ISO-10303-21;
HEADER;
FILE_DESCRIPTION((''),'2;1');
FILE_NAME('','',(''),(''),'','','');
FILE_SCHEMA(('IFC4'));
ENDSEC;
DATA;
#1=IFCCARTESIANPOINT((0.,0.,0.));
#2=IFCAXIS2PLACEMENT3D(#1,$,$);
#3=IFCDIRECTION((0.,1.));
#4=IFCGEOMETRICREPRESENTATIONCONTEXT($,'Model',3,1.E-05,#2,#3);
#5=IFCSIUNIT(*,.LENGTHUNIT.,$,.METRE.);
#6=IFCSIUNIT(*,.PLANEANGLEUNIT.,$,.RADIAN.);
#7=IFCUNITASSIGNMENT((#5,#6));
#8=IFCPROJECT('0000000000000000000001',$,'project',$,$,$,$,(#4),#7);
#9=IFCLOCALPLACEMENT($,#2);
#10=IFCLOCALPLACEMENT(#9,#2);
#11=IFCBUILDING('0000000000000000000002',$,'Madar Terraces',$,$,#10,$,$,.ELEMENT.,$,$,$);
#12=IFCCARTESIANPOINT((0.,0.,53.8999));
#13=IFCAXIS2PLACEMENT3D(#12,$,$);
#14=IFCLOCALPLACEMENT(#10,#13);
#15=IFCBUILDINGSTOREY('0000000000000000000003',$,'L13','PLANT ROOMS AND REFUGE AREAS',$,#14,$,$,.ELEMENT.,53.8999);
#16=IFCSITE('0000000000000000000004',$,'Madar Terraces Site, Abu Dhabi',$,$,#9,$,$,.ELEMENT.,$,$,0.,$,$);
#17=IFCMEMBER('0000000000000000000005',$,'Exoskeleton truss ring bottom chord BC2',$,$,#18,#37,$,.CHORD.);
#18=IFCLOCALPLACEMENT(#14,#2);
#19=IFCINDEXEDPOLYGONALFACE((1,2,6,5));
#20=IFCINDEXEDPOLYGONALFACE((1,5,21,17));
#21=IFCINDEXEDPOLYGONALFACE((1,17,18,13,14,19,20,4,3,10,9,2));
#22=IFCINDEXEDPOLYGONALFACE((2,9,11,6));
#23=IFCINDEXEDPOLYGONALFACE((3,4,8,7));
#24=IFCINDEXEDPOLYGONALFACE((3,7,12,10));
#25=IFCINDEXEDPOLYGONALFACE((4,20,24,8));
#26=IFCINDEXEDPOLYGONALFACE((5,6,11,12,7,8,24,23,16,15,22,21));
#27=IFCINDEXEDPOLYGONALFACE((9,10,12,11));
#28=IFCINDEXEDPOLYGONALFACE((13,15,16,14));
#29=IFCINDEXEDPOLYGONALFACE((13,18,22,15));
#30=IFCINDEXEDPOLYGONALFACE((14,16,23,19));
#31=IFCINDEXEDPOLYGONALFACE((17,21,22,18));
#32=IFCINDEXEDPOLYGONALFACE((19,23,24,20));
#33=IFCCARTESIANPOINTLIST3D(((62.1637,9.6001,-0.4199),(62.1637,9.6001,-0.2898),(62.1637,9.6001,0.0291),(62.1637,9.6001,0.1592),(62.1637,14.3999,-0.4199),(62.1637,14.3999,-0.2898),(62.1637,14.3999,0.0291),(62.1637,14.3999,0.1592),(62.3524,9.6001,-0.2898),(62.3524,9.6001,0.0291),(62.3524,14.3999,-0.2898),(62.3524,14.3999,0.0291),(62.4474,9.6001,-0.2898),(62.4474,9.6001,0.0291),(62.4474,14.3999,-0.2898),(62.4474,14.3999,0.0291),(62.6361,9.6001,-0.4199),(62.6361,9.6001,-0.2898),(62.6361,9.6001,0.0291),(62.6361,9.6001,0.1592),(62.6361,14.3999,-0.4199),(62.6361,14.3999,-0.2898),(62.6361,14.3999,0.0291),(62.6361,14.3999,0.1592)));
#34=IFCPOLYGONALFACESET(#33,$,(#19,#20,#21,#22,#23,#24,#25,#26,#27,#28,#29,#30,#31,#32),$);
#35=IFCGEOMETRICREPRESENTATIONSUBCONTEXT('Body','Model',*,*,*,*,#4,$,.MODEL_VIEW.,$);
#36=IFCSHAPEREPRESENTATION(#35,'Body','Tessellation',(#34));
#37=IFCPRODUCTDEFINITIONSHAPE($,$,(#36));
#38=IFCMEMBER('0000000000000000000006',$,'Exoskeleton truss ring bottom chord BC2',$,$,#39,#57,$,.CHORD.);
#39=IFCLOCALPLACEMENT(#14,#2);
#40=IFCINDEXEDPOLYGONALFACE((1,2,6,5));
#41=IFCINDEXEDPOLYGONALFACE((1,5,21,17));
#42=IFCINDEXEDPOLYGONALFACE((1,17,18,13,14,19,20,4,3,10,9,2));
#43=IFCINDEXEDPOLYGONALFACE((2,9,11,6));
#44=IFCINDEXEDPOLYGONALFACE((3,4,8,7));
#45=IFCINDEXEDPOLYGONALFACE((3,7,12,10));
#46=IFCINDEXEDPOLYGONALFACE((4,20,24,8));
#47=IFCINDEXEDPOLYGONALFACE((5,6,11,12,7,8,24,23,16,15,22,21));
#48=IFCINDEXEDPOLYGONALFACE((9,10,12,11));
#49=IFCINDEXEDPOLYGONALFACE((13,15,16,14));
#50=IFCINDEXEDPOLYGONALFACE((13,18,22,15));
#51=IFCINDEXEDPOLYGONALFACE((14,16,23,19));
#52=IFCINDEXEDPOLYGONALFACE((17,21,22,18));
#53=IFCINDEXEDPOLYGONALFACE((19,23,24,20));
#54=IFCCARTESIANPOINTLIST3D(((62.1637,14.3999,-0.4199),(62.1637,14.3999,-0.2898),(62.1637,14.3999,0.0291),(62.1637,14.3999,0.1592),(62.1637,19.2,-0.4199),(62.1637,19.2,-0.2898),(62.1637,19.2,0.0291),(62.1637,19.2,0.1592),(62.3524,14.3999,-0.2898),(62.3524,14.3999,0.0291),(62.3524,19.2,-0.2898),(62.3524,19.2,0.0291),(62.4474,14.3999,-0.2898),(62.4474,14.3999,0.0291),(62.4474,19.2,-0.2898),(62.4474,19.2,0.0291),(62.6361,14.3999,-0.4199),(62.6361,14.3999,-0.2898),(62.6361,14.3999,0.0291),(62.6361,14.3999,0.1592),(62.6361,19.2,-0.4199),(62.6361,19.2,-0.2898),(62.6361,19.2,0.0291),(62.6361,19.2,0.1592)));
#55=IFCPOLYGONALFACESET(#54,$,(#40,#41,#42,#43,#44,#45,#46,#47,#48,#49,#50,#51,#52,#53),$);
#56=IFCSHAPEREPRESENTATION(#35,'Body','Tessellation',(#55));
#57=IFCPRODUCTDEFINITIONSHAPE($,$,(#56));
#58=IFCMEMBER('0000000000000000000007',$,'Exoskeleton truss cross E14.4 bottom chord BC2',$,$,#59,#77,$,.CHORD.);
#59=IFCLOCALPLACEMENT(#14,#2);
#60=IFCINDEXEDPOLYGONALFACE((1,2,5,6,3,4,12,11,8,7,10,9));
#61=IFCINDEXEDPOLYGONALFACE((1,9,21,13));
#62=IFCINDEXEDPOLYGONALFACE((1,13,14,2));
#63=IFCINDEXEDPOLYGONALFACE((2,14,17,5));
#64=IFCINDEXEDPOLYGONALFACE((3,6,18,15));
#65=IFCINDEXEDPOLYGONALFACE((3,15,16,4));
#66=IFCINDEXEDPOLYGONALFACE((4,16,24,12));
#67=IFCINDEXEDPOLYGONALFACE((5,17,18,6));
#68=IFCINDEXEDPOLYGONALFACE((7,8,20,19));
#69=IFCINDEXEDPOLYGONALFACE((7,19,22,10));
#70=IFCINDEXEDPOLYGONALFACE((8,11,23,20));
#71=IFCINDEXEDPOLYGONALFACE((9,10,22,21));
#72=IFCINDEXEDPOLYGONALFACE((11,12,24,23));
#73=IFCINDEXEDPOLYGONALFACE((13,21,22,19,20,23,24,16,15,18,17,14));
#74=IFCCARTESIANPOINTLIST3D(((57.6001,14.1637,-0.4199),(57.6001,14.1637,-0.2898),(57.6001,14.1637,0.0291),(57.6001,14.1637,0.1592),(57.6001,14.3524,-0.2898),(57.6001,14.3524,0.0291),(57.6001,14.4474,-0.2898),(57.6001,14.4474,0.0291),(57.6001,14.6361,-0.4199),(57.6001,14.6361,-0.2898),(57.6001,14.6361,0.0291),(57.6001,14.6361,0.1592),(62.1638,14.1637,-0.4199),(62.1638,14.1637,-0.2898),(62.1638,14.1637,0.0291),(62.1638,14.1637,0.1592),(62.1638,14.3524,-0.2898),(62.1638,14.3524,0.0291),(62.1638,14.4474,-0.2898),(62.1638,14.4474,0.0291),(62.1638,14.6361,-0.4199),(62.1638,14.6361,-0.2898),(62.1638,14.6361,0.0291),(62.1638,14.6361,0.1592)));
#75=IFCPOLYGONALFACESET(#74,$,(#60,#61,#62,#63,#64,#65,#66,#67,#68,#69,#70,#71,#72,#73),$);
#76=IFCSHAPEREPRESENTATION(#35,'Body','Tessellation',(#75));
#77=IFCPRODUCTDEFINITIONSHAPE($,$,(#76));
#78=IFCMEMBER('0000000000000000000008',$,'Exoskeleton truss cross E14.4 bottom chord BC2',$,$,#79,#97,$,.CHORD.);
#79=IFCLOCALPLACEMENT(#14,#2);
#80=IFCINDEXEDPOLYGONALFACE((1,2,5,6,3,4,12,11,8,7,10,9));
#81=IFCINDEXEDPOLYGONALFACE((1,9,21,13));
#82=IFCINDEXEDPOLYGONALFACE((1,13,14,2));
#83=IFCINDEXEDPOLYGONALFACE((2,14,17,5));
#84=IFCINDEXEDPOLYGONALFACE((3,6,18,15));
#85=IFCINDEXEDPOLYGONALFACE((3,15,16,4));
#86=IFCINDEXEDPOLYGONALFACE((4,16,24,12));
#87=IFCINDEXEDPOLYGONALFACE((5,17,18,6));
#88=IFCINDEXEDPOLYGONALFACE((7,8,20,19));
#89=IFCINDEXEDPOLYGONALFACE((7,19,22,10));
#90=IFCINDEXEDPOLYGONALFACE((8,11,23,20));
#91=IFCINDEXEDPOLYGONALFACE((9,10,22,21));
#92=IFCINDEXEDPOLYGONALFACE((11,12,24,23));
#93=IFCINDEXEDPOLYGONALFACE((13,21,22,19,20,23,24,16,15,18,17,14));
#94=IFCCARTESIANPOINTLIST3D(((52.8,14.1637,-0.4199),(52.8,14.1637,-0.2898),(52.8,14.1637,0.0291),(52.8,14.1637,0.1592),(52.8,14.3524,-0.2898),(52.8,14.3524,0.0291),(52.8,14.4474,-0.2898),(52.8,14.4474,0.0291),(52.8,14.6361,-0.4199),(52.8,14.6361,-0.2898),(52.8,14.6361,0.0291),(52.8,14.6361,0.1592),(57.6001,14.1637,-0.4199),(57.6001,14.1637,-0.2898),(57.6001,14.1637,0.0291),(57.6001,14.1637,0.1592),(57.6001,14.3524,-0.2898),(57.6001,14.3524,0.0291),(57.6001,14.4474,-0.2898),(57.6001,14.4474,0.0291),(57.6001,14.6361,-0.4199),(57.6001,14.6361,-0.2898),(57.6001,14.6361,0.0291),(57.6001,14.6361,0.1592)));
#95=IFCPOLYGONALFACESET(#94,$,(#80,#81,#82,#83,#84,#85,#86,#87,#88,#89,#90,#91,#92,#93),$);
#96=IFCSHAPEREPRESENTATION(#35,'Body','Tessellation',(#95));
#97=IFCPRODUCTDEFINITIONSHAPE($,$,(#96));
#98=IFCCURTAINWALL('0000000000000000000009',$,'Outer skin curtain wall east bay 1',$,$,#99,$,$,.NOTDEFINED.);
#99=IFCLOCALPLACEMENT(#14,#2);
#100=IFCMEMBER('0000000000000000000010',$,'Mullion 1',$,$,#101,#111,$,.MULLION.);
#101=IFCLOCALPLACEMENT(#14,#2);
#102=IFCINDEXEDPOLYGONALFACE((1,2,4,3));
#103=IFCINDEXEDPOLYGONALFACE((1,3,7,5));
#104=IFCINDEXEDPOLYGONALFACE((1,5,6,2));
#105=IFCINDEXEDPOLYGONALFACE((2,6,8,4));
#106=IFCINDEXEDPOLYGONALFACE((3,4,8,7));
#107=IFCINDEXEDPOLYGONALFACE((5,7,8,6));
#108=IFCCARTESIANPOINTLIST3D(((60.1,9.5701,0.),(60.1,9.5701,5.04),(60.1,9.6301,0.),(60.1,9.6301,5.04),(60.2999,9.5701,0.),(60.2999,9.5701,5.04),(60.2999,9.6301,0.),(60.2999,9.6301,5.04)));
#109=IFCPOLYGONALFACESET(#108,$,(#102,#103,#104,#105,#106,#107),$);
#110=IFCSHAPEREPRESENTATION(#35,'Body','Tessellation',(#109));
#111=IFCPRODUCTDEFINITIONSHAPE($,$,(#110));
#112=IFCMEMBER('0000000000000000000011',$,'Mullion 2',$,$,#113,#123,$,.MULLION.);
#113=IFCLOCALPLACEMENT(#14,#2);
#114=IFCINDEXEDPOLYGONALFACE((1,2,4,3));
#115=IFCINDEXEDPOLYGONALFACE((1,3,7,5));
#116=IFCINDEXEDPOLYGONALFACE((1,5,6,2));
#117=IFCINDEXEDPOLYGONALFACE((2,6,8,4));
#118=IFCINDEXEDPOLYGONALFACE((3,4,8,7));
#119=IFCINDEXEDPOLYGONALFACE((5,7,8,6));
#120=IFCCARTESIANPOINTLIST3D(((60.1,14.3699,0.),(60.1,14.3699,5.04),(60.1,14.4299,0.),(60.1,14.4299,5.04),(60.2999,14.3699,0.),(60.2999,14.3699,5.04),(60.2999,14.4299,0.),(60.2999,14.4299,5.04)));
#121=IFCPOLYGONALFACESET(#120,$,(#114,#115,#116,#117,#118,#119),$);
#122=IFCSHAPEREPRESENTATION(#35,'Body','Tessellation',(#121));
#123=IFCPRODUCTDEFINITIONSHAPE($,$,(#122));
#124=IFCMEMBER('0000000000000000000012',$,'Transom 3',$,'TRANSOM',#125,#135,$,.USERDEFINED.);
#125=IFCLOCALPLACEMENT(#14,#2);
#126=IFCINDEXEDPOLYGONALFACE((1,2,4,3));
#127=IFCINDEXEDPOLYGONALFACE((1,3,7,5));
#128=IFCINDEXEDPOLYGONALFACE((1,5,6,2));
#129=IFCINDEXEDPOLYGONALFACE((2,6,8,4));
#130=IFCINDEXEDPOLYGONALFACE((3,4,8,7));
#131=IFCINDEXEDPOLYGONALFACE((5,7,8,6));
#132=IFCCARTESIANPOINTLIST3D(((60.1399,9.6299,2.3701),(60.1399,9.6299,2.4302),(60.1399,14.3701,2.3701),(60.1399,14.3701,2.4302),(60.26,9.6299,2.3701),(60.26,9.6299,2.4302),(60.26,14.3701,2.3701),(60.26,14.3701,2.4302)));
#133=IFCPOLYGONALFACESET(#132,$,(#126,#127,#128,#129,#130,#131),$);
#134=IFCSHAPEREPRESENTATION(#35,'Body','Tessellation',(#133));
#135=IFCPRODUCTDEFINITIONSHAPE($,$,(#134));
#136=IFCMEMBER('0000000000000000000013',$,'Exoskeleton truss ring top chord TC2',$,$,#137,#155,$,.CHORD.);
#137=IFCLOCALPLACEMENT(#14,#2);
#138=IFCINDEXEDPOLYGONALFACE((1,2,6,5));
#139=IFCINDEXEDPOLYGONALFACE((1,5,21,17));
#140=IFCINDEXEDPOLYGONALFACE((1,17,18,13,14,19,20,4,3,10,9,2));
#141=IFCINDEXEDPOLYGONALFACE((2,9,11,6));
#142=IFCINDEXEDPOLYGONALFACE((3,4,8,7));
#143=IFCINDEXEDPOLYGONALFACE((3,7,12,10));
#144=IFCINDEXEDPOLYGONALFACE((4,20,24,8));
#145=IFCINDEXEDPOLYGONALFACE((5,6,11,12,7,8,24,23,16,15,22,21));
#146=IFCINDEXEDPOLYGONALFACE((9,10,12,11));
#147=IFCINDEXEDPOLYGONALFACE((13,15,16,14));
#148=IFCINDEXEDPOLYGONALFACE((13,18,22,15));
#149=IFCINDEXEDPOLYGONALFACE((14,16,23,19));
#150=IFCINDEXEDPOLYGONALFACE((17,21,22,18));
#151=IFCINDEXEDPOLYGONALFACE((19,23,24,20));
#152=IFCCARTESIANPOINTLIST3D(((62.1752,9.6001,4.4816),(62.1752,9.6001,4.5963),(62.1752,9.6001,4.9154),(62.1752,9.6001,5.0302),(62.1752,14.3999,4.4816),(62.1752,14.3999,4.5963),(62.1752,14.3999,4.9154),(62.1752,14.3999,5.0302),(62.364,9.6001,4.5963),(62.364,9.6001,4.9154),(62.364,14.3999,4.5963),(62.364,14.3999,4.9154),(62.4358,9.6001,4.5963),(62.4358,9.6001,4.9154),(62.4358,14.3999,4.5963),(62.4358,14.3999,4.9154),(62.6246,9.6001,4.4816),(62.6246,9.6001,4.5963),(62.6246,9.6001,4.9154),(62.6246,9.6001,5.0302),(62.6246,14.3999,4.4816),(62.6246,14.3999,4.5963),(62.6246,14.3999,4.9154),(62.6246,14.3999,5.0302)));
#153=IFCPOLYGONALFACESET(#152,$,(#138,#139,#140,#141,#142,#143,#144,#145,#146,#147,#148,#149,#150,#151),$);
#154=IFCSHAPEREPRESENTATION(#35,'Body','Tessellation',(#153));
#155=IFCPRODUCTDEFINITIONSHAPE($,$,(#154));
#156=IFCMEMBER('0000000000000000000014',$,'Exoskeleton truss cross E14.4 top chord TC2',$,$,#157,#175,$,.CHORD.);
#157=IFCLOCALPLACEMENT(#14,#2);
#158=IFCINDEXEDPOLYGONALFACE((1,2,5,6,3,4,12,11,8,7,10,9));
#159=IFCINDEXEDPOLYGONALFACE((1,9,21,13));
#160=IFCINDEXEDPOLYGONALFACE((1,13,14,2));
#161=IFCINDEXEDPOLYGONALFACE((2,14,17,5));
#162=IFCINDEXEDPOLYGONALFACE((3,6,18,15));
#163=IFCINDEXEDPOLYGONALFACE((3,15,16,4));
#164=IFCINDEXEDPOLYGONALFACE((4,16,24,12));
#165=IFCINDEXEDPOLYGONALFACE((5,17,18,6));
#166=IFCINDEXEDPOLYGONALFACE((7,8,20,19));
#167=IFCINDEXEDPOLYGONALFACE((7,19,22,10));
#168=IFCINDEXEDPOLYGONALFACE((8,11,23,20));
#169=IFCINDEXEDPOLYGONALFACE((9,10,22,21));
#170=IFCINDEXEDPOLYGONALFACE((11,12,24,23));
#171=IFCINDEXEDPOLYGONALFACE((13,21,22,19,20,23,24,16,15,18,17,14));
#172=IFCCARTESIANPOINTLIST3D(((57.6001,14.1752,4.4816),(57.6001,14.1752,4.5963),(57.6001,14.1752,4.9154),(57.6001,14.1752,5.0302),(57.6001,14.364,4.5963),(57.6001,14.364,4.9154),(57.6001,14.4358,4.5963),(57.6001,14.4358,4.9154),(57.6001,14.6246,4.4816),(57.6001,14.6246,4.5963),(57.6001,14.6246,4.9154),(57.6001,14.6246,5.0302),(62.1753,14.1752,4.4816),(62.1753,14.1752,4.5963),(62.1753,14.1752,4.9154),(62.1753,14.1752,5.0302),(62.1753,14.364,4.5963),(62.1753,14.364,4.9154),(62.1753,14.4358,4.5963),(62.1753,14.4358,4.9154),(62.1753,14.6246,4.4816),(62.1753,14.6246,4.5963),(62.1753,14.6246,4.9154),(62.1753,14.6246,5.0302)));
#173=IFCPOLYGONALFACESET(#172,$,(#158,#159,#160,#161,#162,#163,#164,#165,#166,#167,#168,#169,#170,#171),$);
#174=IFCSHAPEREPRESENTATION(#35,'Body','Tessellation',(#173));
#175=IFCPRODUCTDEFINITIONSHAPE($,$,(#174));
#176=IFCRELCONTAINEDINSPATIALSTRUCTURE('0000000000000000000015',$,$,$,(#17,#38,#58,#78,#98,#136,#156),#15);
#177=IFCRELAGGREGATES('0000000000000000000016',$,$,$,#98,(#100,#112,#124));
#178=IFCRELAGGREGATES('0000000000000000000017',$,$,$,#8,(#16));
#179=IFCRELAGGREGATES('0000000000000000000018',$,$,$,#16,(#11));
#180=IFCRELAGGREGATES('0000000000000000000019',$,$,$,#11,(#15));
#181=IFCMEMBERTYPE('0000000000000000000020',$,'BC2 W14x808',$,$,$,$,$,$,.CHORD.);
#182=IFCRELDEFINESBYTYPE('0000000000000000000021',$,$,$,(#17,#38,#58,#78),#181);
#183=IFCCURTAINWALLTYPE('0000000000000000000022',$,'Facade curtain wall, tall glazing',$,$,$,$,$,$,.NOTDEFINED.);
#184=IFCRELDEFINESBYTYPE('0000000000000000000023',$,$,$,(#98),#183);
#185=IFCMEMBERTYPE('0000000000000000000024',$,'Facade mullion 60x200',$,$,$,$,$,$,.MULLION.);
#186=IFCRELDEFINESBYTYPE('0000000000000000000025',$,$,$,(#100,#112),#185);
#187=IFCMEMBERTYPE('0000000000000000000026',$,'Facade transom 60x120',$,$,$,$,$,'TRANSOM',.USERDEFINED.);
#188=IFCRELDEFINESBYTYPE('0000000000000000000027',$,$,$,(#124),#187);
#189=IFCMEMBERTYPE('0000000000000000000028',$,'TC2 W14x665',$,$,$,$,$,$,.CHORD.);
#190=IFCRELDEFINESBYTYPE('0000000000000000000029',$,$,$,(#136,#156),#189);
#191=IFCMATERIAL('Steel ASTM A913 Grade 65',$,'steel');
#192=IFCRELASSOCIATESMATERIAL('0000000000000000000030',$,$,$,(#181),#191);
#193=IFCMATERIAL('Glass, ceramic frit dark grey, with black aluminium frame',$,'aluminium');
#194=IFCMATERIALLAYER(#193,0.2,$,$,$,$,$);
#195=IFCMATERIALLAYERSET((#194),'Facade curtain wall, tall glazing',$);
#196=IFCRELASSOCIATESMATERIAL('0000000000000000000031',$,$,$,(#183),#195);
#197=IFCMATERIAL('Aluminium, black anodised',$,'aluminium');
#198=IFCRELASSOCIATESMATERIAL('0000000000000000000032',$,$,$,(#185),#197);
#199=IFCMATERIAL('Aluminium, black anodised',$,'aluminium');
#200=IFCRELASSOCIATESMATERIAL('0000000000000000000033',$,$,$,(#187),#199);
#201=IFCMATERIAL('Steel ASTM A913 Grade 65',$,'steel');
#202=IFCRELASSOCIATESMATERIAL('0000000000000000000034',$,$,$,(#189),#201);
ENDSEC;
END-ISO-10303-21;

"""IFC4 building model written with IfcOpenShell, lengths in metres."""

from ifc_helpers import new_model, si_unit, direction, frame, origin, origin_2d, place, context, subcontext, project, spatial, rectangle, i_section, extrude, material, layer, layer_set, material_profile, profile_set, type_object, element, aggregate, save


model = new_model("IFC4")

# Units and contexts
model_context = context("Model", 3, precision=1e-05, world=origin(), true_north=direction((0.0, 1.0)))
body_context = subcontext(model_context, "Body", "Model", "MODEL_VIEW")
ifc_project = project(units=[si_unit("LENGTHUNIT", "METRE"), si_unit("PLANEANGLEUNIT", "RADIAN")], contexts=[model_context])

# Site, building, storey
site_placement = place(None, origin())
site = spatial("IfcSite", under=ifc_project, at=site_placement, Name="Madar Terraces Site, Abu Dhabi", CompositionType="ELEMENT", RefElevation=0.0)
building_placement = place(site_placement, origin())
building = spatial("IfcBuilding", under=site, at=building_placement, Name="Madar Terraces", CompositionType="ELEMENT")
storey_placement = place(building_placement, frame((0.0, 0.0, 53.8999)))
storey = spatial("IfcBuildingStorey", under=building, at=storey_placement, Name="L13", Description="PLANT ROOMS AND REFUGE AREAS", CompositionType="ELEMENT", Elevation=53.8999)

# Members
ifc_material_1 = material(Name="Steel ASTM A913 Grade 65", Category="steel")
ifc_material_profile_1 = material_profile(ifc_material_1, i_section(OverallWidth=0.4724, OverallDepth=0.5791, WebThickness=0.095, FlangeThickness=0.1301, at=origin_2d()), Name="W14x808")
ifc_profile_set_1 = profile_set([ifc_material_profile_1], Name="Steel ASTM A913 Grade 65")
member_type_1 = type_object("IfcMemberType", Name="BC2 W14x808", PredefinedType="CHORD", material=ifc_profile_set_1)
member_1_placement = place(storey_placement, frame((62.3999, 9.6001, -0.1304), z_axis=(0.0, 1.0, 0.0), x_axis=(-1.0, 0.0, 0.0)))
element("IfcMember", 1, at=member_1_placement, inside=storey, type_object=member_type_1, Name="Exoskeleton truss ring bottom chord BC2", PredefinedType="CHORD", context=body_context, shape_type="SweptSolid", body=[
    extrude(i_section(OverallWidth=0.4724, OverallDepth=0.5791, WebThickness=0.095, FlangeThickness=0.1301, at=origin_2d()), origin(), (0.0, 0.0, 1.0), 4.7998),
])
member_2_placement = place(storey_placement, frame((62.3999, 14.3999, -0.1304), z_axis=(0.0, 1.0, 0.0), x_axis=(-1.0, 0.0, 0.0)))
element("IfcMember", 2, at=member_2_placement, inside=storey, type_object=member_type_1, Name="Exoskeleton truss ring bottom chord BC2", PredefinedType="CHORD", context=body_context, shape_type="SweptSolid", body=[
    extrude(i_section(OverallWidth=0.4724, OverallDepth=0.5791, WebThickness=0.095, FlangeThickness=0.1301, at=origin_2d()), origin(), (0.0, 0.0, 1.0), 4.8),
])
member_3_placement = place(storey_placement, frame((62.1638, 14.3999, -0.1304), z_axis=(-1.0, 0.0, 0.0), x_axis=(0.0, -1.0, 0.0)))
element("IfcMember", 3, at=member_3_placement, inside=storey, type_object=member_type_1, Name="Exoskeleton truss cross E14.4 bottom chord BC2", PredefinedType="CHORD", context=body_context, shape_type="SweptSolid", body=[
    extrude(i_section(OverallWidth=0.4724, OverallDepth=0.5791, WebThickness=0.095, FlangeThickness=0.1301, at=origin_2d()), origin(), (0.0, 0.0, 1.0), 4.5637),
])
member_4_placement = place(storey_placement, frame((57.6001, 14.3999, -0.1304), z_axis=(-1.0, 0.0, 0.0), x_axis=(0.0, -1.0, 0.0)))
element("IfcMember", 4, at=member_4_placement, inside=storey, type_object=member_type_1, Name="Exoskeleton truss cross E14.4 bottom chord BC2", PredefinedType="CHORD", context=body_context, shape_type="SweptSolid", body=[
    extrude(i_section(OverallWidth=0.4724, OverallDepth=0.5791, WebThickness=0.095, FlangeThickness=0.1301, at=origin_2d()), origin(), (0.0, 0.0, 1.0), 4.8),
])

# Curtain wall, members
ifc_material_2 = material(Name="Glass, ceramic frit dark grey, with black aluminium frame", Category="aluminium")
ifc_layer_1 = layer(ifc_material_2, 0.2)
ifc_layer_set_1 = layer_set([ifc_layer_1], Name="Facade curtain wall, tall glazing")
curtain_wall_type = type_object("IfcCurtainWallType", Name="Facade curtain wall, tall glazing", PredefinedType="NOTDEFINED", material=ifc_layer_set_1)
curtain_wall_placement = place(storey_placement, origin())
curtain_wall = element("IfcCurtainWall", 5, at=curtain_wall_placement, inside=storey, type_object=curtain_wall_type, Name="Outer skin curtain wall east bay 1", PredefinedType="NOTDEFINED")
ifc_material_3 = material(Name="Aluminium, black anodised", Category="aluminium")
ifc_material_profile_2 = material_profile(ifc_material_3, rectangle(XDim=0.2, YDim=0.0601, at=origin_2d()), Name="Facade mullion 60x200")
ifc_profile_set_2 = profile_set([ifc_material_profile_2], Name="Aluminium, black anodised")
member_type_2 = type_object("IfcMemberType", Name="Facade mullion 60x200", PredefinedType="MULLION", material=ifc_profile_set_2)
member_5_placement = place(storey_placement, frame((60.2, 9.6001, 0.0), z_axis=(0.0, 0.0, 1.0), x_axis=(-1.0, 0.0, 0.0)))
member_5 = element("IfcMember", 6, at=member_5_placement, type_object=member_type_2, Name="Mullion 1", PredefinedType="MULLION", context=body_context, shape_type="SweptSolid", body=[
    extrude(rectangle(XDim=0.2, YDim=0.0601, at=origin_2d()), origin(), (0.0, 0.0, 1.0), 5.04),
])
member_6_placement = place(storey_placement, frame((60.2, 14.3999, 0.0), z_axis=(0.0, 0.0, 1.0), x_axis=(-1.0, 0.0, 0.0)))
member_6 = element("IfcMember", 7, at=member_6_placement, type_object=member_type_2, Name="Mullion 2", PredefinedType="MULLION", context=body_context, shape_type="SweptSolid", body=[
    extrude(rectangle(XDim=0.2, YDim=0.0601, at=origin_2d()), origin(), (0.0, 0.0, 1.0), 5.04),
])
ifc_material_4 = material(Name="Aluminium, black anodised", Category="aluminium")
ifc_material_profile_3 = material_profile(ifc_material_4, rectangle(XDim=0.1201, YDim=0.0601, at=origin_2d()), Name="Facade transom 60x120")
ifc_profile_set_3 = profile_set([ifc_material_profile_3], Name="Aluminium, black anodised")
member_type_3 = type_object("IfcMemberType", Name="Facade transom 60x120", ElementType="TRANSOM", PredefinedType="USERDEFINED", material=ifc_profile_set_3)
member_7_placement = place(storey_placement, frame((60.2, 9.6299, 2.4001), z_axis=(0.0, 1.0, 0.0), x_axis=(-1.0, 0.0, 0.0)))
member_7 = element("IfcMember", 8, at=member_7_placement, type_object=member_type_3, Name="Transom 3", ObjectType="TRANSOM", PredefinedType="USERDEFINED", context=body_context, shape_type="SweptSolid", body=[
    extrude(rectangle(XDim=0.1201, YDim=0.0601, at=origin_2d()), origin(), (0.0, 0.0, 1.0), 4.7402),
])

# Members
ifc_material_5 = material(Name="Steel ASTM A913 Grade 65", Category="steel")
ifc_material_profile_4 = material_profile(ifc_material_5, i_section(OverallWidth=0.4495, OverallDepth=0.5486, WebThickness=0.0718, FlangeThickness=0.1147, at=origin_2d()), Name="W14x665")
ifc_profile_set_4 = profile_set([ifc_material_profile_4], Name="Steel ASTM A913 Grade 65")
member_type_4 = type_object("IfcMemberType", Name="TC2 W14x665", PredefinedType="CHORD", material=ifc_profile_set_4)
member_8_placement = place(storey_placement, frame((62.3999, 9.6001, 4.7559), z_axis=(0.0, 1.0, 0.0), x_axis=(-1.0, 0.0, 0.0)))
element("IfcMember", 9, at=member_8_placement, inside=storey, type_object=member_type_4, Name="Exoskeleton truss ring top chord TC2", PredefinedType="CHORD", context=body_context, shape_type="SweptSolid", body=[
    extrude(i_section(OverallWidth=0.4495, OverallDepth=0.5486, WebThickness=0.0718, FlangeThickness=0.1147, at=origin_2d()), origin(), (0.0, 0.0, 1.0), 4.7998),
])
member_9_placement = place(storey_placement, frame((62.1753, 14.3999, 4.7559), z_axis=(-1.0, 0.0, 0.0), x_axis=(0.0, -1.0, 0.0)))
element("IfcMember", 10, at=member_9_placement, inside=storey, type_object=member_type_4, Name="Exoskeleton truss cross E14.4 top chord TC2", PredefinedType="CHORD", context=body_context, shape_type="SweptSolid", body=[
    extrude(i_section(OverallWidth=0.4495, OverallDepth=0.5486, WebThickness=0.0718, FlangeThickness=0.1147, at=origin_2d()), origin(), (0.0, 0.0, 1.0), 4.5752),
])

aggregate(curtain_wall, [member_5, member_6, member_7])

save(model, "model.ifc")
